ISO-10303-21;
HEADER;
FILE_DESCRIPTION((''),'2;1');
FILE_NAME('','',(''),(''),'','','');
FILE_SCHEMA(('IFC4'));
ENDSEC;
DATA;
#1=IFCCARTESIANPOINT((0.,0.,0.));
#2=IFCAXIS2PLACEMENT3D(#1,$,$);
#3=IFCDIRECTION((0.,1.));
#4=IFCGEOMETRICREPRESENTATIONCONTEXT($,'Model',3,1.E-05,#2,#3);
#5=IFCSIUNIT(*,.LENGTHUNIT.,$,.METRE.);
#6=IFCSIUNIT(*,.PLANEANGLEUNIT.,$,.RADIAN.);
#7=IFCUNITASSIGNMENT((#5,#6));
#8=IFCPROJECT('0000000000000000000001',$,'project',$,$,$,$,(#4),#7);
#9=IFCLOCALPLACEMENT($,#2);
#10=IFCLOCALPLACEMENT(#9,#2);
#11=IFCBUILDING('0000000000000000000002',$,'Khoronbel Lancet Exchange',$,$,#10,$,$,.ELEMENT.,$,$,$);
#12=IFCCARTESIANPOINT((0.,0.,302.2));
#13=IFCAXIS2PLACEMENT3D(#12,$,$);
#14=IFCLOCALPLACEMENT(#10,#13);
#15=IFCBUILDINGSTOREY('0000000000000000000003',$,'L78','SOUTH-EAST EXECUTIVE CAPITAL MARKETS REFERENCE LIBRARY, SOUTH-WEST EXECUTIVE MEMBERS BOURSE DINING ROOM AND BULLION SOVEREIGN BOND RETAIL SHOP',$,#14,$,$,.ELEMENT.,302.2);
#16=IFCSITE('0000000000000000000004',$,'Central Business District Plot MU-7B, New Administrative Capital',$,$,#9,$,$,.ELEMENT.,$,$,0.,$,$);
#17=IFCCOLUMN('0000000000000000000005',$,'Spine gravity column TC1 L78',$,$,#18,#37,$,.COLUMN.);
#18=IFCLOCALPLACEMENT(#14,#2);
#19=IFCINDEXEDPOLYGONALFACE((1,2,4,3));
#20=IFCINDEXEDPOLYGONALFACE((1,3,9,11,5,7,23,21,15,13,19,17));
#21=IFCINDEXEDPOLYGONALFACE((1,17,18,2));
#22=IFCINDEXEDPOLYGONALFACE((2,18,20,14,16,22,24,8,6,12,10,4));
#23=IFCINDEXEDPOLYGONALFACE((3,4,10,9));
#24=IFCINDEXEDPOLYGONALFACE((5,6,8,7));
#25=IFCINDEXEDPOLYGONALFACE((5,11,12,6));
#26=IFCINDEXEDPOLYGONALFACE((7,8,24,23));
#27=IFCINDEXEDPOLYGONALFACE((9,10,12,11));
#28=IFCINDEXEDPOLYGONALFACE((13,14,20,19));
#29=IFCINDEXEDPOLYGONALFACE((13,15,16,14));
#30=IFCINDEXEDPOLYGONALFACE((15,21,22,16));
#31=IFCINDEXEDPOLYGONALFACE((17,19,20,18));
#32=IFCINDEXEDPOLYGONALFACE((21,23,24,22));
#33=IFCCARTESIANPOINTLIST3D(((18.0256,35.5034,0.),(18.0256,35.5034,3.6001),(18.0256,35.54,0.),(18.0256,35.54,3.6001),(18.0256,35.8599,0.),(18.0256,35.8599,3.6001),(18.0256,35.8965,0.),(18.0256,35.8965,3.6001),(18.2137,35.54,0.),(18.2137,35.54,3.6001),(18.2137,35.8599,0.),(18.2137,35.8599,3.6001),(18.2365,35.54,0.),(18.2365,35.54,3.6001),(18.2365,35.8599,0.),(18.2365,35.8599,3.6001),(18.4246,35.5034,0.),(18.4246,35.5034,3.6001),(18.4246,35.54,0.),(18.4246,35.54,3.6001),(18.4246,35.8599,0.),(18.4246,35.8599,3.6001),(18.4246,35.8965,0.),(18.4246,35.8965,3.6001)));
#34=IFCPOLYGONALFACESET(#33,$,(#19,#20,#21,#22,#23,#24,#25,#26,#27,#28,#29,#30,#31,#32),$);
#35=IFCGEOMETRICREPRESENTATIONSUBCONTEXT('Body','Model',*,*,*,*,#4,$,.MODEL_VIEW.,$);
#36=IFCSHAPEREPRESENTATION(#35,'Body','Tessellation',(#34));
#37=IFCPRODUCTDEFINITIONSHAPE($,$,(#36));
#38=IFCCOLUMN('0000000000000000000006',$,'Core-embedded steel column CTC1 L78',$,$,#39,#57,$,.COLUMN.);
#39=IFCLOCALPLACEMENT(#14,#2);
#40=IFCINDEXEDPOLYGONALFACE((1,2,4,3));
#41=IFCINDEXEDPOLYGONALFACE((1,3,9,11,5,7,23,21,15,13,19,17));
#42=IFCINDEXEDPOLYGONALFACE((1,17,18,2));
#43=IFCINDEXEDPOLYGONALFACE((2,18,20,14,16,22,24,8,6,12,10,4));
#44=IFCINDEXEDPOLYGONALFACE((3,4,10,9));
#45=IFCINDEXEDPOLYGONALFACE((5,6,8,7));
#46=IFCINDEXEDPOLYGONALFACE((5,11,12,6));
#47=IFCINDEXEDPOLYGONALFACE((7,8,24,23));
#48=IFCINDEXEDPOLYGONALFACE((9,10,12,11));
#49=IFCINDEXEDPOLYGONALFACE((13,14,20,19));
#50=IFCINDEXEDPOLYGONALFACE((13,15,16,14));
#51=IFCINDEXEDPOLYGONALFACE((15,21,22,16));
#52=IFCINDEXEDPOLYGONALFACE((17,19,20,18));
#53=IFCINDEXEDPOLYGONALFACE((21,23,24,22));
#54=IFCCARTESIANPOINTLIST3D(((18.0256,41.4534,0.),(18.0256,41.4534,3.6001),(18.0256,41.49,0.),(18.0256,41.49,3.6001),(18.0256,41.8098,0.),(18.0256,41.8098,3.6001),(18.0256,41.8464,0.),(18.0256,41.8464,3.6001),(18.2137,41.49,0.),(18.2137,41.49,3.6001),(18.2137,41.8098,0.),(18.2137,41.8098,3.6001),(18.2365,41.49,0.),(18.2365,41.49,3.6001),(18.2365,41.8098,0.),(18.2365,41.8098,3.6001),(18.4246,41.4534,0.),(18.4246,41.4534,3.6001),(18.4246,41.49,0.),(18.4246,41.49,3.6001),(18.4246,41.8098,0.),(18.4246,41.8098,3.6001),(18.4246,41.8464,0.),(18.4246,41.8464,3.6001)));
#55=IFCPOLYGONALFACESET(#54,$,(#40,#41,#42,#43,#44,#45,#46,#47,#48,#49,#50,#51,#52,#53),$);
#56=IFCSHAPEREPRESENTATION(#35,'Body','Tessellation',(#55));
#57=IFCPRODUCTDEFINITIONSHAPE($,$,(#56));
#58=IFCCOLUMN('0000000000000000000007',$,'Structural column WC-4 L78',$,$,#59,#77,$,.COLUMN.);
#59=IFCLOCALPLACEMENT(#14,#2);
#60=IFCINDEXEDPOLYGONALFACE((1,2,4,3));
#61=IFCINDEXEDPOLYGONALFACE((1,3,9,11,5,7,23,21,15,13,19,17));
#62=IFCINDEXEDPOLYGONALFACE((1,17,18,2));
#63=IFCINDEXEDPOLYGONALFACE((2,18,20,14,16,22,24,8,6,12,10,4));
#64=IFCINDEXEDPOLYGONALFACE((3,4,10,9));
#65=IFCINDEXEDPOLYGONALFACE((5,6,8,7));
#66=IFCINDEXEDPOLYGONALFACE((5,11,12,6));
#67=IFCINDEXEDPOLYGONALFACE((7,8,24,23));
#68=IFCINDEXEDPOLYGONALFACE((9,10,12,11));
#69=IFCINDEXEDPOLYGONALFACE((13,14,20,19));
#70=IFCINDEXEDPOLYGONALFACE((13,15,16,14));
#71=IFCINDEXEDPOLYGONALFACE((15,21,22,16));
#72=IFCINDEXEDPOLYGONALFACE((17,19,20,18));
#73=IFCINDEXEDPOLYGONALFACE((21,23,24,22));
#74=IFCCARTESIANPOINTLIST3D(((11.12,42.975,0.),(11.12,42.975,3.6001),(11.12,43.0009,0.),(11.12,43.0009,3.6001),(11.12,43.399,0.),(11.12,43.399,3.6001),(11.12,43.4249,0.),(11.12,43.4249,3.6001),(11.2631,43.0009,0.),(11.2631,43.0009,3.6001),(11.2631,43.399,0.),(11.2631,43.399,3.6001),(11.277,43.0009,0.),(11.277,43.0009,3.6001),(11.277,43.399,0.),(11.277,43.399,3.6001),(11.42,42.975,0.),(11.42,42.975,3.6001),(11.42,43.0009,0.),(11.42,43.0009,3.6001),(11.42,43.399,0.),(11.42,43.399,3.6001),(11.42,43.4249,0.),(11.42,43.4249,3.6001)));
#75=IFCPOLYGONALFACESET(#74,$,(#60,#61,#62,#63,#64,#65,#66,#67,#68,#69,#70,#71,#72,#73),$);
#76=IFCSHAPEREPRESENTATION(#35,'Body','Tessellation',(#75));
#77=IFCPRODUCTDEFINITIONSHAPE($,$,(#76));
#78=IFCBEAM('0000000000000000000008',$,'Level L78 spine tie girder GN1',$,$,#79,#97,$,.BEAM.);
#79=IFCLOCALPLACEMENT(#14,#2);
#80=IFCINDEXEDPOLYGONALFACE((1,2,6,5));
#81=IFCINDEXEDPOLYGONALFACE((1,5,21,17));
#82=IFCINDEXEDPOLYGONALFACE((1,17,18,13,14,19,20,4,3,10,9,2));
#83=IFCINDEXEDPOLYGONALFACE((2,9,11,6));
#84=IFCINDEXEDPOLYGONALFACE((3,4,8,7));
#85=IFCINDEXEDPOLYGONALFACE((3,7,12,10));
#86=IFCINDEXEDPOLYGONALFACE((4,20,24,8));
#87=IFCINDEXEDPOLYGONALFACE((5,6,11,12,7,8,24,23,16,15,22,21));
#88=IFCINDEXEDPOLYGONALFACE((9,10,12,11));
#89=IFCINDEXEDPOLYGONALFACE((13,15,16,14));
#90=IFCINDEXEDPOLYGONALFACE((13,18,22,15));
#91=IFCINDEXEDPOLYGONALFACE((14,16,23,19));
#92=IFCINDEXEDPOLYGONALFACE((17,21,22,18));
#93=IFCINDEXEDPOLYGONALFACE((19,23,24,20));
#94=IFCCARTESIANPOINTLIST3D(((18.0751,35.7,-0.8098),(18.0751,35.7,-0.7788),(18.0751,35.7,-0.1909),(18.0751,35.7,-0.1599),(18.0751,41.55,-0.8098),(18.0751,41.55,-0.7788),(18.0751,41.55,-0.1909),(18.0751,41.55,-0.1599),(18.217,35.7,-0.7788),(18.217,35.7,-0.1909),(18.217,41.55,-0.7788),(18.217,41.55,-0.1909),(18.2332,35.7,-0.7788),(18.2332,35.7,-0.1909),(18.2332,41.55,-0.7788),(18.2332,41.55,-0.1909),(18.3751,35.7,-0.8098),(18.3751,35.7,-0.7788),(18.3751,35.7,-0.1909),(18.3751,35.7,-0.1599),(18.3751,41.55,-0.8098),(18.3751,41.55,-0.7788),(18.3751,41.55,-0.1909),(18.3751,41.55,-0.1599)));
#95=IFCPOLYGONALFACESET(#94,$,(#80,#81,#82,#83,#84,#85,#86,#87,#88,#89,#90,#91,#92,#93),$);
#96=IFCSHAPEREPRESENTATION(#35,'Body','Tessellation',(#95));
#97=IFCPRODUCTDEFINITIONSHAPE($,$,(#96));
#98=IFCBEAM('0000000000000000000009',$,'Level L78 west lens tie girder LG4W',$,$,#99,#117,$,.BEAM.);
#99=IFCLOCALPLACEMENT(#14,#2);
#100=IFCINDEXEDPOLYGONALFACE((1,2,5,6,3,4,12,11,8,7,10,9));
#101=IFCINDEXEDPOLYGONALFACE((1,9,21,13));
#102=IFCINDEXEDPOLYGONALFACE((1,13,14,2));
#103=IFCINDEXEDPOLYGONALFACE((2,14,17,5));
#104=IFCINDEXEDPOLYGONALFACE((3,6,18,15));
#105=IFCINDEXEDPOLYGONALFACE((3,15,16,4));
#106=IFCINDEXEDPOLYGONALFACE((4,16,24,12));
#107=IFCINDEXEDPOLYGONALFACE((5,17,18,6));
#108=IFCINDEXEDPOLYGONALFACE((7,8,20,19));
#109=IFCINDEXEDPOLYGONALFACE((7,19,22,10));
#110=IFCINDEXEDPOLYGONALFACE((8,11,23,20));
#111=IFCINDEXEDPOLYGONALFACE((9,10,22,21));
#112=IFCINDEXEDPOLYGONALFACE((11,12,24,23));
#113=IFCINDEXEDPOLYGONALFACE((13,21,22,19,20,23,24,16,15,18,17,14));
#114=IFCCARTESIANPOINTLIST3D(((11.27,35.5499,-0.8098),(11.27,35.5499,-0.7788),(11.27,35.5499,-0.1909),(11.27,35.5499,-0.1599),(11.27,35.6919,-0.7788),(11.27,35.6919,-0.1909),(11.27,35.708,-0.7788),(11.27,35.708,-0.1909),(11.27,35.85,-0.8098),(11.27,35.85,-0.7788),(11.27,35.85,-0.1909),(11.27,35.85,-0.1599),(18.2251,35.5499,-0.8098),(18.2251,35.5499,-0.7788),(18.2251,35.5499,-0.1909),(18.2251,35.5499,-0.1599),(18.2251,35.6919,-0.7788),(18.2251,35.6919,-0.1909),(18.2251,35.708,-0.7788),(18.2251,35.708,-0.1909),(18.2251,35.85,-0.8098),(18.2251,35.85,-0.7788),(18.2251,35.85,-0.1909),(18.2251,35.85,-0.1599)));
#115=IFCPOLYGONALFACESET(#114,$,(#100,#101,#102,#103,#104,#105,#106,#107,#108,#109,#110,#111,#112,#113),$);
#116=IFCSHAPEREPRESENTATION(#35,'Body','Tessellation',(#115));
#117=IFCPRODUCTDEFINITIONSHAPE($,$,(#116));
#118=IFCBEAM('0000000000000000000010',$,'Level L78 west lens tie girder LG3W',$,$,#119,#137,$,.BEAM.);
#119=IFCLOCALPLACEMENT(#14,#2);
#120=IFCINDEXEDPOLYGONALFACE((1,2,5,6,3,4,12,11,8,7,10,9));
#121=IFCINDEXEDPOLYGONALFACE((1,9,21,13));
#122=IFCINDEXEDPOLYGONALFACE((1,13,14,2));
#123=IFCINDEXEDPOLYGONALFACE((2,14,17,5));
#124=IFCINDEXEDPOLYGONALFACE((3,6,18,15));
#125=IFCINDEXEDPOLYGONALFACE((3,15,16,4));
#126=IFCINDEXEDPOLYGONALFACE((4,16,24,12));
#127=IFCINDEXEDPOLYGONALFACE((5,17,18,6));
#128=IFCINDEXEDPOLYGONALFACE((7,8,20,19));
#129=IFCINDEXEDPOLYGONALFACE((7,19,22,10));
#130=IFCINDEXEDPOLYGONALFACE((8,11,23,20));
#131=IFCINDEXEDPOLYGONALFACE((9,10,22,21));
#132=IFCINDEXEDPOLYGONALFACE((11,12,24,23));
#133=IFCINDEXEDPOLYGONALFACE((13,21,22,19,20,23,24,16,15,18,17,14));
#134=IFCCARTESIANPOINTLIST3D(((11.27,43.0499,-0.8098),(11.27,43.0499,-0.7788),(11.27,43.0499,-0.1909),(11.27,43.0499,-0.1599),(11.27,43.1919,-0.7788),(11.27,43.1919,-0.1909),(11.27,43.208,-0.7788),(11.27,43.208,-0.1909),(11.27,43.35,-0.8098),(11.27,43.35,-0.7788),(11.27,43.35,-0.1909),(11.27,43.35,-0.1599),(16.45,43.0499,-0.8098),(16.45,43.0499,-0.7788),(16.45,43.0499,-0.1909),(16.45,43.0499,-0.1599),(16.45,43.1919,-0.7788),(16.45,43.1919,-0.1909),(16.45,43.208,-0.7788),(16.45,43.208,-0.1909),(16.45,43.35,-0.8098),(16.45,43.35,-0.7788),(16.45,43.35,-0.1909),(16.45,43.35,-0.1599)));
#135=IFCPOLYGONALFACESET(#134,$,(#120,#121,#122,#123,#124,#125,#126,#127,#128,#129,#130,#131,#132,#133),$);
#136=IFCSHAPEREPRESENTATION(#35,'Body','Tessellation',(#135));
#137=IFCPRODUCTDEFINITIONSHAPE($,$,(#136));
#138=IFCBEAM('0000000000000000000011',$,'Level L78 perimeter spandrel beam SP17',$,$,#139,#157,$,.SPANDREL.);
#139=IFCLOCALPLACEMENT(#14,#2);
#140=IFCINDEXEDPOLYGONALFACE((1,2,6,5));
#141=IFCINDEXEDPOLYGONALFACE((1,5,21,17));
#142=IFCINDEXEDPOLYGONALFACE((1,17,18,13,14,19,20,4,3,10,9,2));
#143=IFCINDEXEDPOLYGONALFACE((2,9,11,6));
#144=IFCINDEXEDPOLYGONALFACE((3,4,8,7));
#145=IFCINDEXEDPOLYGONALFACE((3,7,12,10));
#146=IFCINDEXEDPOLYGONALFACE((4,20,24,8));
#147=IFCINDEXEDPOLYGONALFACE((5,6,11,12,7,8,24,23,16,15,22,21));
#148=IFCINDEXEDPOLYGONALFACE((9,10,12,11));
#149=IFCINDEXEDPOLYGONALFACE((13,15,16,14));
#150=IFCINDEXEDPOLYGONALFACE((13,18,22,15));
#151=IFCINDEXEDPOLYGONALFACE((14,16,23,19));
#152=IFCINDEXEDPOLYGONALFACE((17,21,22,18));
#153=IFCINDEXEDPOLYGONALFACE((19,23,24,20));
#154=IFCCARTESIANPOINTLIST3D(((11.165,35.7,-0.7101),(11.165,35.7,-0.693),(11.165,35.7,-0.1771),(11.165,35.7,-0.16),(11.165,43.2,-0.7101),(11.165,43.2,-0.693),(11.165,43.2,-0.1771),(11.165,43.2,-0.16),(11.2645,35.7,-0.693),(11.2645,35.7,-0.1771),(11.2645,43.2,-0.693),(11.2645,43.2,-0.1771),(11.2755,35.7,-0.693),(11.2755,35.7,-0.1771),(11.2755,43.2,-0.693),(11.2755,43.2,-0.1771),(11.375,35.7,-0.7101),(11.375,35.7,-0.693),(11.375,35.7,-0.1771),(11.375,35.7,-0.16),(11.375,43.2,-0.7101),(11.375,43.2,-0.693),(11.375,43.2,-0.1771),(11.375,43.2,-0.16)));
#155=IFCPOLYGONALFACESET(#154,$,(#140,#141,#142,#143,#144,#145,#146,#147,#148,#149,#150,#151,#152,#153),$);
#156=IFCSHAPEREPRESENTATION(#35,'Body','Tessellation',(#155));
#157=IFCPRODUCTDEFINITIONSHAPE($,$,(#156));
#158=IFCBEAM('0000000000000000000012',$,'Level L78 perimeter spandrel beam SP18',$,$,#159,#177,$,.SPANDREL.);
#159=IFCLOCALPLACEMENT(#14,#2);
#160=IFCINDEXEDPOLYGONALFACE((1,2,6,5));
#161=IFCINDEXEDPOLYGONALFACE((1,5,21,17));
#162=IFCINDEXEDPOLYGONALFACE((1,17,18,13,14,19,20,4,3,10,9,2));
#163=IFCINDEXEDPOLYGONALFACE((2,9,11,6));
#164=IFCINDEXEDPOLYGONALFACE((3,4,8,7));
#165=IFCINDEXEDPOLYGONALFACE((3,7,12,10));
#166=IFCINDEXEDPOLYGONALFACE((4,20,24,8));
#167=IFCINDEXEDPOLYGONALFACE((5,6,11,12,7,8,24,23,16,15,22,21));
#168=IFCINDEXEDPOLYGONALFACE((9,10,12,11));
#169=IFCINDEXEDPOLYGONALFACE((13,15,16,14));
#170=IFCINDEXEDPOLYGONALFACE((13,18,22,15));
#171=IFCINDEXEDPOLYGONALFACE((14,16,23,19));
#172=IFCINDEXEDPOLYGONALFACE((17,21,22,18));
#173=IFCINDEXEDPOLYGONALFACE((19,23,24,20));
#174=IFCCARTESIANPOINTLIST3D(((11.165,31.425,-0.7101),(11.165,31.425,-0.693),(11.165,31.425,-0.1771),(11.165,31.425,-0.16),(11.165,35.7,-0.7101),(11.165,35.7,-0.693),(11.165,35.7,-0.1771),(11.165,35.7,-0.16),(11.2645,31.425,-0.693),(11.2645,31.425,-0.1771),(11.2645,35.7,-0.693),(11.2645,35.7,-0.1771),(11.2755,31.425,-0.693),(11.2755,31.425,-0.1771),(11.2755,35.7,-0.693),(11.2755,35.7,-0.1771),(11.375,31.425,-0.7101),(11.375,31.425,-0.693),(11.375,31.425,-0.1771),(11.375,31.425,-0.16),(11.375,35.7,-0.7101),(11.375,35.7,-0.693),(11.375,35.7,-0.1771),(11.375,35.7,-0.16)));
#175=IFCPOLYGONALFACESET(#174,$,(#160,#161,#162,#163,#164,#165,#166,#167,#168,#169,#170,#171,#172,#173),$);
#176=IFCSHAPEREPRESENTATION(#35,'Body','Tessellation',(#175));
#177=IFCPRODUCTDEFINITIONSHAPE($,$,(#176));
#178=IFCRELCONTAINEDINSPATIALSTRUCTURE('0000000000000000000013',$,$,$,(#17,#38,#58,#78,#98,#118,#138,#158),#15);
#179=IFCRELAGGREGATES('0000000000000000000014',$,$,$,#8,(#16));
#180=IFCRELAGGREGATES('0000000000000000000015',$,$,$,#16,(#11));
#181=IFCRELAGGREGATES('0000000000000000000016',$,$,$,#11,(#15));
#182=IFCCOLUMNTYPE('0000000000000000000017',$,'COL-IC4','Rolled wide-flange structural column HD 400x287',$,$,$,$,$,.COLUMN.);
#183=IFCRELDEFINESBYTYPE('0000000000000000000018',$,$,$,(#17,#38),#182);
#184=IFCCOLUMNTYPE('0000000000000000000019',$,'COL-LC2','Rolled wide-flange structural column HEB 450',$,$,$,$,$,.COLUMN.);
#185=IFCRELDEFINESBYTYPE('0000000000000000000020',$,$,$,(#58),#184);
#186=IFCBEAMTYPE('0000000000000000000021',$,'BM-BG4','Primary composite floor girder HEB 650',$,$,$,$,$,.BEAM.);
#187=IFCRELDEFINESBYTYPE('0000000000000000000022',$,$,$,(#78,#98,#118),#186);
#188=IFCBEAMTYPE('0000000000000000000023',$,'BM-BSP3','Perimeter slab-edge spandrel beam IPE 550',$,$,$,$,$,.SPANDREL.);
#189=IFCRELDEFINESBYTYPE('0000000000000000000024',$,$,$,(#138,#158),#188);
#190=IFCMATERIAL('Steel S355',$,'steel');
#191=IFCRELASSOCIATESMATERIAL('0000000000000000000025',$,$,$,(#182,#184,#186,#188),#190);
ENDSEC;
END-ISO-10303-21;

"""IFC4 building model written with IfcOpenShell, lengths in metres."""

from ifc_helpers import new_model, si_unit, direction, frame, origin, origin_2d, place, context, subcontext, project, spatial, i_section, extrude, material, material_profile, profile_set, type_object, element, save


model = new_model("IFC4")

# Units and contexts
model_context = context("Model", 3, precision=1e-05, world=origin(), true_north=direction((0.0, 1.0)))
body_context = subcontext(model_context, "Body", "Model", "MODEL_VIEW")
ifc_project = project(units=[si_unit("LENGTHUNIT", "METRE"), si_unit("PLANEANGLEUNIT", "RADIAN")], contexts=[model_context])

# Site, building, storey
site_placement = place(None, origin())
site = spatial("IfcSite", under=ifc_project, at=site_placement, Name="Central Business District Plot MU-7B, New Administrative Capital", CompositionType="ELEMENT", RefElevation=0.0)
building_placement = place(site_placement, origin())
building = spatial("IfcBuilding", under=site, at=building_placement, Name="Khoronbel Lancet Exchange", CompositionType="ELEMENT")
storey_placement = place(building_placement, frame((0.0, 0.0, 302.2)))
storey = spatial("IfcBuildingStorey", under=building, at=storey_placement, Name="L78", Description="SOUTH-EAST EXECUTIVE CAPITAL MARKETS REFERENCE LIBRARY, SOUTH-WEST EXECUTIVE MEMBERS BOURSE DINING ROOM AND BULLION SOVEREIGN BOND RETAIL SHOP", CompositionType="ELEMENT", Elevation=302.2)

# Columns
ifc_material_1 = material(Name="Steel S355", Category="steel")
ifc_material_profile_1 = material_profile(ifc_material_1, i_section(OverallWidth=0.3989, OverallDepth=0.3931, WebThickness=0.0227, FlangeThickness=0.0366, at=origin_2d()), Name="HD 400x287")
ifc_profile_set_1 = profile_set([ifc_material_profile_1], Name="Steel S355")
column_type_1 = type_object("IfcColumnType", Name="COL-IC4", Description="Rolled wide-flange structural column HD 400x287", PredefinedType="COLUMN", material=ifc_profile_set_1)
for number, where, z_axis, x_axis, name in (
    (1, (18.2251, 35.7, 0.0), (0.0, 0.0, 1.0), (1.0, 0.0, 0.0), "Spine gravity column TC1 L78"),
    (2, (18.2251, 41.6499, 0.0), (0.0, 0.0, 1.0), (1.0, 0.0, 0.0), "Core-embedded steel column CTC1 L78"),
):
    element("IfcColumn", number, at=place(storey_placement, frame(where, z_axis=z_axis, x_axis=x_axis)), inside=storey, type_object=column_type_1, Name=name, PredefinedType="COLUMN", context=body_context, shape_type="SweptSolid", body=[
        extrude(i_section(OverallWidth=0.3989, OverallDepth=0.3931, WebThickness=0.0227, FlangeThickness=0.0366, at=origin_2d()), origin(), (0.0, 0.0, 1.0), 3.6001),
    ])
ifc_material_profile_2 = material_profile(ifc_material_1, i_section(OverallWidth=0.3, OverallDepth=0.45, WebThickness=0.0139, FlangeThickness=0.0259, at=origin_2d()), Name="HEB 450")
ifc_profile_set_2 = profile_set([ifc_material_profile_2], Name="Steel S355")
column_type_2 = type_object("IfcColumnType", Name="COL-LC2", Description="Rolled wide-flange structural column HEB 450", PredefinedType="COLUMN", material=ifc_profile_set_2)
column_placement = place(storey_placement, frame((11.27, 43.2, 0.0), z_axis=(0.0, 0.0, 1.0), x_axis=(1.0, 0.0, 0.0)))
element("IfcColumn", 3, at=column_placement, inside=storey, type_object=column_type_2, Name="Structural column WC-4 L78", PredefinedType="COLUMN", context=body_context, shape_type="SweptSolid", body=[
    extrude(i_section(OverallWidth=0.3, OverallDepth=0.45, WebThickness=0.0139, FlangeThickness=0.0259, at=origin_2d()), origin(), (0.0, 0.0, 1.0), 3.6001),
])

# Beams
ifc_material_profile_3 = material_profile(ifc_material_1, i_section(OverallWidth=0.3, OverallDepth=0.6499, WebThickness=0.0161, FlangeThickness=0.031, at=origin_2d()), Name="HEB 650")
ifc_profile_set_3 = profile_set([ifc_material_profile_3], Name="Steel S355")
beam_type_1 = type_object("IfcBeamType", Name="BM-BG4", Description="Primary composite floor girder HEB 650", PredefinedType="BEAM", material=ifc_profile_set_3)
beam_1_placement = place(storey_placement, frame((18.2251, 35.7, -0.4849), z_axis=(0.0, 1.0, 0.0), x_axis=(-1.0, 0.0, 0.0)))
element("IfcBeam", 4, at=beam_1_placement, inside=storey, type_object=beam_type_1, Name="Level L78 spine tie girder GN1", PredefinedType="BEAM", context=body_context, shape_type="SweptSolid", body=[
    extrude(i_section(OverallWidth=0.3, OverallDepth=0.6499, WebThickness=0.0161, FlangeThickness=0.031, at=origin_2d()), origin(), (0.0, 0.0, 1.0), 5.8501),
])
beam_2_placement = place(storey_placement, frame((11.27, 35.7, -0.4849), z_axis=(1.0, 0.0, 0.0), x_axis=(0.0, 1.0, 0.0)))
element("IfcBeam", 5, at=beam_2_placement, inside=storey, type_object=beam_type_1, Name="Level L78 west lens tie girder LG4W", PredefinedType="BEAM", context=body_context, shape_type="SweptSolid", body=[
    extrude(i_section(OverallWidth=0.3, OverallDepth=0.6499, WebThickness=0.0161, FlangeThickness=0.031, at=origin_2d()), origin(), (0.0, 0.0, 1.0), 6.9551),
])
beam_3_placement = place(storey_placement, frame((11.27, 43.2, -0.4849), z_axis=(1.0, 0.0, 0.0), x_axis=(0.0, 1.0, 0.0)))
element("IfcBeam", 6, at=beam_3_placement, inside=storey, type_object=beam_type_1, Name="Level L78 west lens tie girder LG3W", PredefinedType="BEAM", context=body_context, shape_type="SweptSolid", body=[
    extrude(i_section(OverallWidth=0.3, OverallDepth=0.6499, WebThickness=0.0161, FlangeThickness=0.031, at=origin_2d()), origin(), (0.0, 0.0, 1.0), 5.1799),
])
ifc_material_profile_4 = material_profile(ifc_material_1, i_section(OverallWidth=0.21, OverallDepth=0.55, WebThickness=0.011, FlangeThickness=0.0171, at=origin_2d()), Name="IPE 550")
ifc_profile_set_4 = profile_set([ifc_material_profile_4], Name="Steel S355")
beam_type_2 = type_object("IfcBeamType", Name="BM-BSP3", Description="Perimeter slab-edge spandrel beam IPE 550", PredefinedType="SPANDREL", material=ifc_profile_set_4)
beam_4_placement = place(storey_placement, frame((11.27, 43.2, -0.4351), z_axis=(0.0, -1.0, 0.0), x_axis=(1.0, 0.0, 0.0)))
element("IfcBeam", 7, at=beam_4_placement, inside=storey, type_object=beam_type_2, Name="Level L78 perimeter spandrel beam SP17", PredefinedType="SPANDREL", context=body_context, shape_type="SweptSolid", body=[
    extrude(i_section(OverallWidth=0.21, OverallDepth=0.55, WebThickness=0.011, FlangeThickness=0.0171, at=origin_2d()), origin(), (0.0, 0.0, 1.0), 7.5),
])
beam_5_placement = place(storey_placement, frame((11.27, 35.7, -0.4351), z_axis=(0.0, -1.0, 0.0), x_axis=(1.0, 0.0, 0.0)))
element("IfcBeam", 8, at=beam_5_placement, inside=storey, type_object=beam_type_2, Name="Level L78 perimeter spandrel beam SP18", PredefinedType="SPANDREL", context=body_context, shape_type="SweptSolid", body=[
    extrude(i_section(OverallWidth=0.21, OverallDepth=0.55, WebThickness=0.011, FlangeThickness=0.0171, at=origin_2d()), origin(), (0.0, 0.0, 1.0), 4.2749),
])

save(model, "model.ifc")
